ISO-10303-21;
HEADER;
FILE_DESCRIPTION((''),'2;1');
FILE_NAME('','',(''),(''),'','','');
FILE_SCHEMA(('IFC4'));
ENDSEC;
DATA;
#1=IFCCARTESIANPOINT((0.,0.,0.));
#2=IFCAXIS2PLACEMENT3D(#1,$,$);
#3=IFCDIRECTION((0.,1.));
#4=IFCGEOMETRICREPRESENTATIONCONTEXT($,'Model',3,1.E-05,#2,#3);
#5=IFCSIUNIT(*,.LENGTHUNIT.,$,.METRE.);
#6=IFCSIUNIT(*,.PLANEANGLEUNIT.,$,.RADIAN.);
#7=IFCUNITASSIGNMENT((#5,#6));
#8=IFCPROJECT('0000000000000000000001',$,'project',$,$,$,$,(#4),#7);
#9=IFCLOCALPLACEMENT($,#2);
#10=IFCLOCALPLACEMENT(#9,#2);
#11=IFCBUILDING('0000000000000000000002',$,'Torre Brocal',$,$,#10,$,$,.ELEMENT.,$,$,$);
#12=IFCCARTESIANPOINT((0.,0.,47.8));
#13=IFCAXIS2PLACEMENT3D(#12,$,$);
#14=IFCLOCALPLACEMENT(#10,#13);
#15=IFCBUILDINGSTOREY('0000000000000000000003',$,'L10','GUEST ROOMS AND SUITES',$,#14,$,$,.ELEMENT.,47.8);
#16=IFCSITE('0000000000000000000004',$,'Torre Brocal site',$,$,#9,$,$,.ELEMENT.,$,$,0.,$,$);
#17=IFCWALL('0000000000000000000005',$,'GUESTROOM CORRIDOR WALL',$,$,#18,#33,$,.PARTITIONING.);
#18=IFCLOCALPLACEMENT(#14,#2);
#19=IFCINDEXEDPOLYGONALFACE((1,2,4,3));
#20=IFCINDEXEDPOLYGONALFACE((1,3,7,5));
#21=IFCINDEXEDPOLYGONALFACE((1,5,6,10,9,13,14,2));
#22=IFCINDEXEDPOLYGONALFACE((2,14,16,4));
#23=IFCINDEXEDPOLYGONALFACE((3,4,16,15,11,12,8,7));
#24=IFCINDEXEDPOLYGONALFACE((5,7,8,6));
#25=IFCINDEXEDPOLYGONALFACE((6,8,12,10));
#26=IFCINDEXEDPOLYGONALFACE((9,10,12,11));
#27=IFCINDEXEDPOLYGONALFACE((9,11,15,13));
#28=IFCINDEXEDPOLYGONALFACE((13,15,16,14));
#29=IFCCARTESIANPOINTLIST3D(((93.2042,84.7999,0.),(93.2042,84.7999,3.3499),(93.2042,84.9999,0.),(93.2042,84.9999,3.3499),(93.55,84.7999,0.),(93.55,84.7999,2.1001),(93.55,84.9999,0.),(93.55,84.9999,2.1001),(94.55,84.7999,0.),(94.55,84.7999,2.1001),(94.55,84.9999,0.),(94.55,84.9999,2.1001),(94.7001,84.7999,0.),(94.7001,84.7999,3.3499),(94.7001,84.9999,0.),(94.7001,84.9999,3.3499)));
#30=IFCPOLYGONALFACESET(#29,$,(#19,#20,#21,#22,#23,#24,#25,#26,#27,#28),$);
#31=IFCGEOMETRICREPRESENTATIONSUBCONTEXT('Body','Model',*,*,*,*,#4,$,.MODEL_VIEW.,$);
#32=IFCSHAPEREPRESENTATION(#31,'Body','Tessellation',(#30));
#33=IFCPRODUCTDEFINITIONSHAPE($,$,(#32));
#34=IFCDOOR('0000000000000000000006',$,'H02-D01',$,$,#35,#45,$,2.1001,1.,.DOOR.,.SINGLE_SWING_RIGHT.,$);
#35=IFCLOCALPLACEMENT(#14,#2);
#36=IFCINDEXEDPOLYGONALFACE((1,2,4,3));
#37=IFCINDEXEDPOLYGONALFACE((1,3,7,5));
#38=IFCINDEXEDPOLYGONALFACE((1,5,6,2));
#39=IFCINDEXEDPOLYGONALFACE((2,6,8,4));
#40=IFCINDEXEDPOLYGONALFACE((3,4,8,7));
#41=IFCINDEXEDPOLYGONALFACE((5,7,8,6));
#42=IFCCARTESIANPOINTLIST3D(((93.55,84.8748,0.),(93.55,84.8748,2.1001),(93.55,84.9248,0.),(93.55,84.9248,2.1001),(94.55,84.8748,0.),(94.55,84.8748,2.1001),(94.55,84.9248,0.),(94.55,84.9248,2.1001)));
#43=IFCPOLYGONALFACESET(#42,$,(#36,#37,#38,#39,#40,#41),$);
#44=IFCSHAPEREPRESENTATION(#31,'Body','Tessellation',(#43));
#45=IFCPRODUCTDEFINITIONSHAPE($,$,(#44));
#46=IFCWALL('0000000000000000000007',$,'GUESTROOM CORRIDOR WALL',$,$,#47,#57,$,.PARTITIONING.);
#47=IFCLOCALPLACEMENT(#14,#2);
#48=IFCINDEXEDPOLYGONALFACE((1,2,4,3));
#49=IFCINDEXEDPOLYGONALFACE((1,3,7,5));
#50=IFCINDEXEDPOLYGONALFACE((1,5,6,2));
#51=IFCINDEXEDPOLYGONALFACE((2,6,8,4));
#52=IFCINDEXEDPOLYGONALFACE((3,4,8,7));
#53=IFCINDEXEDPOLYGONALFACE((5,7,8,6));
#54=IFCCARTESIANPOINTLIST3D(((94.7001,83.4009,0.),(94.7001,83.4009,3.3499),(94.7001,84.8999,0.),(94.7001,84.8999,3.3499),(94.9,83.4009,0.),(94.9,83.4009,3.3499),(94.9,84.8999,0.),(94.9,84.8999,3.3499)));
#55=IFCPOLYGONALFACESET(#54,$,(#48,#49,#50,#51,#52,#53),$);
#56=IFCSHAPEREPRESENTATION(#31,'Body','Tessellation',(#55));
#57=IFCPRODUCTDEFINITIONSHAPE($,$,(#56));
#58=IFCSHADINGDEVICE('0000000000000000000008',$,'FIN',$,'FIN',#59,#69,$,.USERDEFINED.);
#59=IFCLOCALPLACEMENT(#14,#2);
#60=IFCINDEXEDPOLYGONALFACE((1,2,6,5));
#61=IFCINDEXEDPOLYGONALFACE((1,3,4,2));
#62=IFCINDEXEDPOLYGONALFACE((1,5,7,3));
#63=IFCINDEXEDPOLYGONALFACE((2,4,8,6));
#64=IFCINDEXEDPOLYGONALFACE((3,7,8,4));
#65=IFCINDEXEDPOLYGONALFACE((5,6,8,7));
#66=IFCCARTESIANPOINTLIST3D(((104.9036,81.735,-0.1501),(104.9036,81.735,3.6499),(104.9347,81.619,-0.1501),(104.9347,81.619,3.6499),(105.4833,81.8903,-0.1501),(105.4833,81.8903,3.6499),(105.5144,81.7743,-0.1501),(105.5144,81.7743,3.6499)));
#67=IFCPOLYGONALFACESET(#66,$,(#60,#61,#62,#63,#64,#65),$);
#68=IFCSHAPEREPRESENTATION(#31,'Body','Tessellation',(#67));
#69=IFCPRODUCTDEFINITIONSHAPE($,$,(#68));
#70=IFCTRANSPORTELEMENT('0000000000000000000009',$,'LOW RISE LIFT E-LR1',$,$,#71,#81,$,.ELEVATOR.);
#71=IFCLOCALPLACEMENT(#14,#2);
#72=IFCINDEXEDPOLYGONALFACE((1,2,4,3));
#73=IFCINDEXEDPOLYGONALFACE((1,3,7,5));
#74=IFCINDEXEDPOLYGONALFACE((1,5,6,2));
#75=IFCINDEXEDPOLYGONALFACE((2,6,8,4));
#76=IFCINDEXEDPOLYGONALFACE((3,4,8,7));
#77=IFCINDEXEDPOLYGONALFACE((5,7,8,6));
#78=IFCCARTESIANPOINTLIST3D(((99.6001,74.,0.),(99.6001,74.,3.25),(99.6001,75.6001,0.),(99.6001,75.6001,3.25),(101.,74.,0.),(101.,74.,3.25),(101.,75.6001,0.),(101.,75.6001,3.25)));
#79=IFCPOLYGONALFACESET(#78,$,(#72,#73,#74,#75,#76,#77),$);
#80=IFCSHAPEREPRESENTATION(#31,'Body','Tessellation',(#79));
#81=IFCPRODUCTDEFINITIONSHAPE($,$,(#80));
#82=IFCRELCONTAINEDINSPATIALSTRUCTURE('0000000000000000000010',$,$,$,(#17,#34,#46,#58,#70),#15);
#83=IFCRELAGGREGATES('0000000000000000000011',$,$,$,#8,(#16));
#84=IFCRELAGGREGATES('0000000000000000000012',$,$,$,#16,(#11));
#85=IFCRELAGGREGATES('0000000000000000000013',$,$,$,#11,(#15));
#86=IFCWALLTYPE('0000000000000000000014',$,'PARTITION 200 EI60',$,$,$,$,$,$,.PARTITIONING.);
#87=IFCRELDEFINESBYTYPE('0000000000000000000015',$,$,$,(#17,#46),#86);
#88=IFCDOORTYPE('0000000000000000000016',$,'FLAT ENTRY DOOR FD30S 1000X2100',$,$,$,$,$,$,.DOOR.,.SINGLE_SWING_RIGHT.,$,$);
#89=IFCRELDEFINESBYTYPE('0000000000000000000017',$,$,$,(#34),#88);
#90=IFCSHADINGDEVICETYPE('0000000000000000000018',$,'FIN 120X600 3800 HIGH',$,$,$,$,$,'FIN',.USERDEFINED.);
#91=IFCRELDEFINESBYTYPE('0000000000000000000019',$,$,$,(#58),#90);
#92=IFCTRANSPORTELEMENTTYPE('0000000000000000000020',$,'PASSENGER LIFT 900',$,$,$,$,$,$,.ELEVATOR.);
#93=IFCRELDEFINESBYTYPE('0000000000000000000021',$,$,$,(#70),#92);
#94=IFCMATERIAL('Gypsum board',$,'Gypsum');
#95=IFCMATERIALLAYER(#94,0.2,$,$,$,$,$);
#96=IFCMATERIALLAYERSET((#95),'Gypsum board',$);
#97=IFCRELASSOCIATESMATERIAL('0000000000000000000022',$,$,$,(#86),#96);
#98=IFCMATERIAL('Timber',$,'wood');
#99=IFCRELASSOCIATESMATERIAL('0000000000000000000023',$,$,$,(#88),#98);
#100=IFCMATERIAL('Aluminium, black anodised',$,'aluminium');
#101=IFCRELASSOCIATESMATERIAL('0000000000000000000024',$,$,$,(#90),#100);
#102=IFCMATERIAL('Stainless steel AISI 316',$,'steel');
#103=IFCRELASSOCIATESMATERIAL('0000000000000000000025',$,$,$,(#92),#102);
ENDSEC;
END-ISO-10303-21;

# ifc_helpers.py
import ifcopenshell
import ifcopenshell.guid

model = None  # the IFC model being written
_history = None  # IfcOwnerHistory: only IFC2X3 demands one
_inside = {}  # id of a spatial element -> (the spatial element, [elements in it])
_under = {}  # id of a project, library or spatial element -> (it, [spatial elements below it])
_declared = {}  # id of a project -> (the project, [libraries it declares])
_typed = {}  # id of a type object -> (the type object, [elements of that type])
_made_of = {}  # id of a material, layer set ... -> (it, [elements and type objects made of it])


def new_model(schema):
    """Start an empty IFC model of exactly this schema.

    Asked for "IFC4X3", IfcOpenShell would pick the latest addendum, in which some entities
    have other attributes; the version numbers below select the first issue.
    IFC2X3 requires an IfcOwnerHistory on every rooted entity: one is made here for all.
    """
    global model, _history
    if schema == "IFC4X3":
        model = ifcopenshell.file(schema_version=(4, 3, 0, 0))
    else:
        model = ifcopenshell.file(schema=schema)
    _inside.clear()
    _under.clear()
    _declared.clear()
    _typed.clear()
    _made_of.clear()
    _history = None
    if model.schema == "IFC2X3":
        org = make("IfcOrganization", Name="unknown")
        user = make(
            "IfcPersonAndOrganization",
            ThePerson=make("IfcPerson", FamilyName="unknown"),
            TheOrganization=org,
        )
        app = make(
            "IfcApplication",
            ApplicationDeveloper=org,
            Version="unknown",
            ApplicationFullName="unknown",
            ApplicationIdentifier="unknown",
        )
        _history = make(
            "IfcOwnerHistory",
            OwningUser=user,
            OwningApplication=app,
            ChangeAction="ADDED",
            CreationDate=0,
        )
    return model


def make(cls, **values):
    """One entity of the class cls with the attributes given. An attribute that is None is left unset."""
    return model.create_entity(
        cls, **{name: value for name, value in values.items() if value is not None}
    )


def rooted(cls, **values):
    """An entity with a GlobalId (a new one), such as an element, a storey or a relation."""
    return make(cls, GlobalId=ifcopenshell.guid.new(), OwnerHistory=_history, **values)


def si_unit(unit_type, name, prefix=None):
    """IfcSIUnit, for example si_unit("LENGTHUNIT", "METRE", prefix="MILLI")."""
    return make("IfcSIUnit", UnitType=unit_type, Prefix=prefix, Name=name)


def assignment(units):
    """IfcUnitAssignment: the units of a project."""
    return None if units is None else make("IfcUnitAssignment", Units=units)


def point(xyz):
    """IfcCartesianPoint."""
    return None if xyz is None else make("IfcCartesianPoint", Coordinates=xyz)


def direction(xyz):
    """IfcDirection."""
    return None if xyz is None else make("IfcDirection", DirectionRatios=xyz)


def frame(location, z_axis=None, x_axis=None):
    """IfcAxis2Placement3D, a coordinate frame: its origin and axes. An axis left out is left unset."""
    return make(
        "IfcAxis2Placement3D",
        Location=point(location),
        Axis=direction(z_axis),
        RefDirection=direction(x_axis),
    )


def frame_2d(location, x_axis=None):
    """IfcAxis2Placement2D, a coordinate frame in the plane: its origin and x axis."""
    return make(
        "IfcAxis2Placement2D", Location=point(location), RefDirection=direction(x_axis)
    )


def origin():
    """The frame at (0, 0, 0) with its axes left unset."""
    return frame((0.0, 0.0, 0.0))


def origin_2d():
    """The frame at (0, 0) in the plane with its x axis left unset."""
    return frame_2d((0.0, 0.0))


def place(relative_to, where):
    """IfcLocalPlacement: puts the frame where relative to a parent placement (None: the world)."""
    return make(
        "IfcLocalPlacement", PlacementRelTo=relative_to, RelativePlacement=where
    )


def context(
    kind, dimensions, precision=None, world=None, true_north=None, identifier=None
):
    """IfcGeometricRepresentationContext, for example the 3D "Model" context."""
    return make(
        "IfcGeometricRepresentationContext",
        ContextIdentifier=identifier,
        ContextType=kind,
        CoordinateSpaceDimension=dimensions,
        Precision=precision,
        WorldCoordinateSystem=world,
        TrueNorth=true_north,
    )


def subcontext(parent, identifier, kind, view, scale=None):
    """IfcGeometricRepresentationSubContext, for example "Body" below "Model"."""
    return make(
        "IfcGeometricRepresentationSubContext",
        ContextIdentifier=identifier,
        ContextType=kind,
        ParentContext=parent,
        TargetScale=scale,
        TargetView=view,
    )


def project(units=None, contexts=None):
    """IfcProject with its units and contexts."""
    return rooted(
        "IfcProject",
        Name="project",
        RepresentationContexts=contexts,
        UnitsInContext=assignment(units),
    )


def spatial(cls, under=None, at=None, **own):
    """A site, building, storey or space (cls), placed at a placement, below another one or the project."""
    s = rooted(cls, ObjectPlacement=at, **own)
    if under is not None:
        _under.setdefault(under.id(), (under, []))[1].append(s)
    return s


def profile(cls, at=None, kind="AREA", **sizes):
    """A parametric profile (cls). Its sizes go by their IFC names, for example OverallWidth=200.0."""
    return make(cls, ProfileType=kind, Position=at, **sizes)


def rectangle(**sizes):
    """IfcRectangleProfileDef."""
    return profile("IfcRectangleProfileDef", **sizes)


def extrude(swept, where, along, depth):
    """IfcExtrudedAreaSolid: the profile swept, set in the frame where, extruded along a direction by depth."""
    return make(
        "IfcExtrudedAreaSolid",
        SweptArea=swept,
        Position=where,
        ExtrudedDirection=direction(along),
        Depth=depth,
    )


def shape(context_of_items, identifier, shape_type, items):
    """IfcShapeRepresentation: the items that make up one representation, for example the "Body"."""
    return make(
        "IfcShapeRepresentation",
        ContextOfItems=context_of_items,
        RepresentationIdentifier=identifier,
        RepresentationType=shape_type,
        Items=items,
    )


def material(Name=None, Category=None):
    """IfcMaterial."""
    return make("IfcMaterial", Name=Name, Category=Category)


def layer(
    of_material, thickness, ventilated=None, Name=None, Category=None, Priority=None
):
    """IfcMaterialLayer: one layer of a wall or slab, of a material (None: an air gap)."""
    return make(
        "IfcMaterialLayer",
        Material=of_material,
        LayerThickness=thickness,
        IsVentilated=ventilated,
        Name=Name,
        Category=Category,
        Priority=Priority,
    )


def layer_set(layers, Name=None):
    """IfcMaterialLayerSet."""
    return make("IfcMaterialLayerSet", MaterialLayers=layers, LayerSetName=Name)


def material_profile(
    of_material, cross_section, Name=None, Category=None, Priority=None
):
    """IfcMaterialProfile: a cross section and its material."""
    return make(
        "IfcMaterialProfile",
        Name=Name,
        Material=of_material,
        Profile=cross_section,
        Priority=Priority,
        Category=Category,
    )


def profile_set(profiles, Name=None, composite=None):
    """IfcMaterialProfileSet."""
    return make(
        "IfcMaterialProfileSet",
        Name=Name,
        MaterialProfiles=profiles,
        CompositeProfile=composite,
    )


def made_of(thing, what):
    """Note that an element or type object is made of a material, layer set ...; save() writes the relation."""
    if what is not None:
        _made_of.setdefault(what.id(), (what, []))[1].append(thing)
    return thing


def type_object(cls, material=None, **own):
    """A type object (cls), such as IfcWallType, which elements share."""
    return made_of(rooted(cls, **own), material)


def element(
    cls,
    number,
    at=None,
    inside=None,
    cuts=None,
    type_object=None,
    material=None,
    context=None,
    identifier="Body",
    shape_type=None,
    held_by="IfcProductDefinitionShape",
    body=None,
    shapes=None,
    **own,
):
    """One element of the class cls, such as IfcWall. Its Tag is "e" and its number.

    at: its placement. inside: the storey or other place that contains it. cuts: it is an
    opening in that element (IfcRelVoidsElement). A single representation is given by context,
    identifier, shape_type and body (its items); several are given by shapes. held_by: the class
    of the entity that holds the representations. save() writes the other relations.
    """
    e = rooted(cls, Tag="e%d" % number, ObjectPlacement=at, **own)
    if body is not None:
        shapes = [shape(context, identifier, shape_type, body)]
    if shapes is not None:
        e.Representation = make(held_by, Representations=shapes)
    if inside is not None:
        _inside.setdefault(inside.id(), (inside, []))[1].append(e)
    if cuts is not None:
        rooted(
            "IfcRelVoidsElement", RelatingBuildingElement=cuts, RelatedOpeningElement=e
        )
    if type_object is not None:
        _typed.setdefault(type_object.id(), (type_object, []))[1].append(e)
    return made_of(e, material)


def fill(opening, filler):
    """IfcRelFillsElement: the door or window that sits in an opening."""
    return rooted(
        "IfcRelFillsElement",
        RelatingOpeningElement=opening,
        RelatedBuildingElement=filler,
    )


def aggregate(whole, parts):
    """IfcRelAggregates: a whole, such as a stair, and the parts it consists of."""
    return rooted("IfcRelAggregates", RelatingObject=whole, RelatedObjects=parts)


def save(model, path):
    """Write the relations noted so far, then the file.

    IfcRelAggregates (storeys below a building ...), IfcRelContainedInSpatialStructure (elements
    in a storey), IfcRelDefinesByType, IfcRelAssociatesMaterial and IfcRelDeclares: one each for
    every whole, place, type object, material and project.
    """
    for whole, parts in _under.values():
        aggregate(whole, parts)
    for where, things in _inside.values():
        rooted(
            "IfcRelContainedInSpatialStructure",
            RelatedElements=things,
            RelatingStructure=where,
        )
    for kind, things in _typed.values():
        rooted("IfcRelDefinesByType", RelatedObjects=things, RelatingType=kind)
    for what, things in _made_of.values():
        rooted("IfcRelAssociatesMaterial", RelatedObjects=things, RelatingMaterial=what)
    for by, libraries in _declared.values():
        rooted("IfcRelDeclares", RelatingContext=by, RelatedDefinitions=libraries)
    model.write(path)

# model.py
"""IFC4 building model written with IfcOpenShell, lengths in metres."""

from ifc_helpers import new_model, si_unit, direction, frame, frame_2d, origin, origin_2d, place, context, subcontext, project, spatial, rectangle, extrude, material, layer, layer_set, material_profile, profile_set, type_object, element, fill, save


model = new_model("IFC4")

# Units and contexts
model_context = context("Model", 3, precision=1e-05, world=origin(), true_north=direction((0.0, 1.0)))
body_context = subcontext(model_context, "Body", "Model", "MODEL_VIEW")
ifc_project = project(units=[si_unit("LENGTHUNIT", "METRE"), si_unit("PLANEANGLEUNIT", "RADIAN")], contexts=[model_context])

# Site, building, storey
site_placement = place(None, origin())
site = spatial("IfcSite", under=ifc_project, at=site_placement, Name="Torre Brocal site", CompositionType="ELEMENT", RefElevation=0.0)
building_placement = place(site_placement, origin())
building = spatial("IfcBuilding", under=site, at=building_placement, Name="Torre Brocal", CompositionType="ELEMENT")
storey_placement = place(building_placement, frame((0.0, 0.0, 47.8)))
storey = spatial("IfcBuildingStorey", under=building, at=storey_placement, Name="L10", Description="GUEST ROOMS AND SUITES", CompositionType="ELEMENT", Elevation=47.8)

# Wall, opening, door
ifc_material_1 = material(Name="Gypsum board", Category="Gypsum")
ifc_layer_1 = layer(ifc_material_1, 0.2)
ifc_layer_set_1 = layer_set([ifc_layer_1], Name="Gypsum board")
wall_type_1 = type_object("IfcWallType", Name="PARTITION 200 EI60", PredefinedType="PARTITIONING", material=ifc_layer_set_1)
wall_1_placement = place(storey_placement, frame((93.2041, 84.8999, 0.0), z_axis=(0.0, 0.0, 1.0), x_axis=(1.0, 0.0, 0.0)))
wall_1 = element("IfcWall", 1, at=wall_1_placement, inside=storey, type_object=wall_type_1, Name="GUESTROOM CORRIDOR WALL", PredefinedType="PARTITIONING", context=body_context, shape_type="SweptSolid", body=[
    extrude(rectangle(XDim=1.4958, YDim=0.2, at=frame_2d((0.748, 0.0))), origin(), (0.0, 0.0, 1.0), 3.3499),
])
opening_1_placement = place(wall_1_placement, frame((0.3459, 0.0, 0.0)))
opening_1 = element("IfcOpeningElement", 2, at=opening_1_placement, cuts=wall_1, PredefinedType="OPENING", context=body_context, shape_type="SweptSolid", body=[
    extrude(rectangle(XDim=1.0, YDim=2.1001, at=frame_2d((0.5, 1.05))), frame((0.0, 0.1099, 0.0), z_axis=(0.0, -1.0, 0.0), x_axis=(1.0, 0.0, 0.0)), (0.0, 0.0, 1.0), 0.22),
])
ifc_material_2 = material(Name="Timber", Category="wood")
door_type_1 = type_object("IfcDoorType", Name="FLAT ENTRY DOOR FD30S 1000X2100", OperationType="SINGLE_SWING_RIGHT", PredefinedType="DOOR", material=ifc_material_2)
door_1_placement = place(opening_1_placement, origin())
door_1 = element("IfcDoor", 3, at=door_1_placement, inside=storey, type_object=door_type_1, Name="H02-D01", OperationType="SINGLE_SWING_RIGHT", OverallHeight=2.1001, OverallWidth=1.0, PredefinedType="DOOR", context=body_context, shape_type="SweptSolid", body=[
    extrude(rectangle(XDim=1.0, YDim=2.1001, at=frame_2d((0.5, 1.05))), frame((0.0, 0.0249, 0.0), z_axis=(0.0, -1.0, 0.0), x_axis=(1.0, 0.0, 0.0)), (0.0, 0.0, 1.0), 0.05),
])
fill(opening_1, door_1)

# Wall
wall_2_placement = place(storey_placement, frame((94.8, 83.4009, 0.0), z_axis=(0.0, 0.0, 1.0), x_axis=(0.0, 1.0, 0.0)))
element("IfcWall", 4, at=wall_2_placement, inside=storey, type_object=wall_type_1, Name="GUESTROOM CORRIDOR WALL", PredefinedType="PARTITIONING", context=body_context, shape_type="SweptSolid", body=[
    extrude(rectangle(XDim=1.499, YDim=0.2, at=frame_2d((0.7495, 0.0))), origin(), (0.0, 0.0, 1.0), 3.3499),
])

# Shading device
ifc_material_3 = material(Name="Aluminium, black anodised", Category="aluminium")
ifc_material_profile_1 = material_profile(ifc_material_3, rectangle(XDim=0.1201, YDim=0.6001, at=origin_2d()), Name="FIN 120X600 3800 HIGH")
ifc_profile_set_1 = profile_set([ifc_material_profile_1], Name="Aluminium, black anodised")
shading_device_type = type_object("IfcShadingDeviceType", Name="FIN 120X600 3800 HIGH", ElementType="FIN", PredefinedType="USERDEFINED", material=ifc_profile_set_1)
shading_device_placement = place(storey_placement, frame((105.209, 81.7546, -0.1501), z_axis=(0.0, 0.0, 1.0), x_axis=(-0.258819, 0.965926, 0.0)))
element("IfcShadingDevice", 5, at=shading_device_placement, inside=storey, type_object=shading_device_type, Name="FIN", ObjectType="FIN", PredefinedType="USERDEFINED", context=body_context, shape_type="SweptSolid", body=[
    extrude(rectangle(XDim=0.1201, YDim=0.6001, at=origin_2d()), origin(), (0.0, 0.0, 1.0), 3.8),
])

# Transport element
ifc_material_4 = material(Name="Stainless steel AISI 316", Category="steel")
transport_element_type = type_object("IfcTransportElementType", Name="PASSENGER LIFT 900", PredefinedType="ELEVATOR", material=ifc_material_4)
transport_element_placement = place(storey_placement, frame((100.3, 74.8, 0.0), z_axis=(0.0, 0.0, 1.0), x_axis=(1.0, 0.0, 0.0)))
element("IfcTransportElement", 6, at=transport_element_placement, inside=storey, type_object=transport_element_type, Name="LOW RISE LIFT E-LR1", PredefinedType="ELEVATOR", context=body_context, shape_type="SweptSolid", body=[
    extrude(rectangle(XDim=1.3999, YDim=1.6001, at=origin_2d()), origin(), (0.0, 0.0, 1.0), 3.25),
])

save(model, "model.ifc")
